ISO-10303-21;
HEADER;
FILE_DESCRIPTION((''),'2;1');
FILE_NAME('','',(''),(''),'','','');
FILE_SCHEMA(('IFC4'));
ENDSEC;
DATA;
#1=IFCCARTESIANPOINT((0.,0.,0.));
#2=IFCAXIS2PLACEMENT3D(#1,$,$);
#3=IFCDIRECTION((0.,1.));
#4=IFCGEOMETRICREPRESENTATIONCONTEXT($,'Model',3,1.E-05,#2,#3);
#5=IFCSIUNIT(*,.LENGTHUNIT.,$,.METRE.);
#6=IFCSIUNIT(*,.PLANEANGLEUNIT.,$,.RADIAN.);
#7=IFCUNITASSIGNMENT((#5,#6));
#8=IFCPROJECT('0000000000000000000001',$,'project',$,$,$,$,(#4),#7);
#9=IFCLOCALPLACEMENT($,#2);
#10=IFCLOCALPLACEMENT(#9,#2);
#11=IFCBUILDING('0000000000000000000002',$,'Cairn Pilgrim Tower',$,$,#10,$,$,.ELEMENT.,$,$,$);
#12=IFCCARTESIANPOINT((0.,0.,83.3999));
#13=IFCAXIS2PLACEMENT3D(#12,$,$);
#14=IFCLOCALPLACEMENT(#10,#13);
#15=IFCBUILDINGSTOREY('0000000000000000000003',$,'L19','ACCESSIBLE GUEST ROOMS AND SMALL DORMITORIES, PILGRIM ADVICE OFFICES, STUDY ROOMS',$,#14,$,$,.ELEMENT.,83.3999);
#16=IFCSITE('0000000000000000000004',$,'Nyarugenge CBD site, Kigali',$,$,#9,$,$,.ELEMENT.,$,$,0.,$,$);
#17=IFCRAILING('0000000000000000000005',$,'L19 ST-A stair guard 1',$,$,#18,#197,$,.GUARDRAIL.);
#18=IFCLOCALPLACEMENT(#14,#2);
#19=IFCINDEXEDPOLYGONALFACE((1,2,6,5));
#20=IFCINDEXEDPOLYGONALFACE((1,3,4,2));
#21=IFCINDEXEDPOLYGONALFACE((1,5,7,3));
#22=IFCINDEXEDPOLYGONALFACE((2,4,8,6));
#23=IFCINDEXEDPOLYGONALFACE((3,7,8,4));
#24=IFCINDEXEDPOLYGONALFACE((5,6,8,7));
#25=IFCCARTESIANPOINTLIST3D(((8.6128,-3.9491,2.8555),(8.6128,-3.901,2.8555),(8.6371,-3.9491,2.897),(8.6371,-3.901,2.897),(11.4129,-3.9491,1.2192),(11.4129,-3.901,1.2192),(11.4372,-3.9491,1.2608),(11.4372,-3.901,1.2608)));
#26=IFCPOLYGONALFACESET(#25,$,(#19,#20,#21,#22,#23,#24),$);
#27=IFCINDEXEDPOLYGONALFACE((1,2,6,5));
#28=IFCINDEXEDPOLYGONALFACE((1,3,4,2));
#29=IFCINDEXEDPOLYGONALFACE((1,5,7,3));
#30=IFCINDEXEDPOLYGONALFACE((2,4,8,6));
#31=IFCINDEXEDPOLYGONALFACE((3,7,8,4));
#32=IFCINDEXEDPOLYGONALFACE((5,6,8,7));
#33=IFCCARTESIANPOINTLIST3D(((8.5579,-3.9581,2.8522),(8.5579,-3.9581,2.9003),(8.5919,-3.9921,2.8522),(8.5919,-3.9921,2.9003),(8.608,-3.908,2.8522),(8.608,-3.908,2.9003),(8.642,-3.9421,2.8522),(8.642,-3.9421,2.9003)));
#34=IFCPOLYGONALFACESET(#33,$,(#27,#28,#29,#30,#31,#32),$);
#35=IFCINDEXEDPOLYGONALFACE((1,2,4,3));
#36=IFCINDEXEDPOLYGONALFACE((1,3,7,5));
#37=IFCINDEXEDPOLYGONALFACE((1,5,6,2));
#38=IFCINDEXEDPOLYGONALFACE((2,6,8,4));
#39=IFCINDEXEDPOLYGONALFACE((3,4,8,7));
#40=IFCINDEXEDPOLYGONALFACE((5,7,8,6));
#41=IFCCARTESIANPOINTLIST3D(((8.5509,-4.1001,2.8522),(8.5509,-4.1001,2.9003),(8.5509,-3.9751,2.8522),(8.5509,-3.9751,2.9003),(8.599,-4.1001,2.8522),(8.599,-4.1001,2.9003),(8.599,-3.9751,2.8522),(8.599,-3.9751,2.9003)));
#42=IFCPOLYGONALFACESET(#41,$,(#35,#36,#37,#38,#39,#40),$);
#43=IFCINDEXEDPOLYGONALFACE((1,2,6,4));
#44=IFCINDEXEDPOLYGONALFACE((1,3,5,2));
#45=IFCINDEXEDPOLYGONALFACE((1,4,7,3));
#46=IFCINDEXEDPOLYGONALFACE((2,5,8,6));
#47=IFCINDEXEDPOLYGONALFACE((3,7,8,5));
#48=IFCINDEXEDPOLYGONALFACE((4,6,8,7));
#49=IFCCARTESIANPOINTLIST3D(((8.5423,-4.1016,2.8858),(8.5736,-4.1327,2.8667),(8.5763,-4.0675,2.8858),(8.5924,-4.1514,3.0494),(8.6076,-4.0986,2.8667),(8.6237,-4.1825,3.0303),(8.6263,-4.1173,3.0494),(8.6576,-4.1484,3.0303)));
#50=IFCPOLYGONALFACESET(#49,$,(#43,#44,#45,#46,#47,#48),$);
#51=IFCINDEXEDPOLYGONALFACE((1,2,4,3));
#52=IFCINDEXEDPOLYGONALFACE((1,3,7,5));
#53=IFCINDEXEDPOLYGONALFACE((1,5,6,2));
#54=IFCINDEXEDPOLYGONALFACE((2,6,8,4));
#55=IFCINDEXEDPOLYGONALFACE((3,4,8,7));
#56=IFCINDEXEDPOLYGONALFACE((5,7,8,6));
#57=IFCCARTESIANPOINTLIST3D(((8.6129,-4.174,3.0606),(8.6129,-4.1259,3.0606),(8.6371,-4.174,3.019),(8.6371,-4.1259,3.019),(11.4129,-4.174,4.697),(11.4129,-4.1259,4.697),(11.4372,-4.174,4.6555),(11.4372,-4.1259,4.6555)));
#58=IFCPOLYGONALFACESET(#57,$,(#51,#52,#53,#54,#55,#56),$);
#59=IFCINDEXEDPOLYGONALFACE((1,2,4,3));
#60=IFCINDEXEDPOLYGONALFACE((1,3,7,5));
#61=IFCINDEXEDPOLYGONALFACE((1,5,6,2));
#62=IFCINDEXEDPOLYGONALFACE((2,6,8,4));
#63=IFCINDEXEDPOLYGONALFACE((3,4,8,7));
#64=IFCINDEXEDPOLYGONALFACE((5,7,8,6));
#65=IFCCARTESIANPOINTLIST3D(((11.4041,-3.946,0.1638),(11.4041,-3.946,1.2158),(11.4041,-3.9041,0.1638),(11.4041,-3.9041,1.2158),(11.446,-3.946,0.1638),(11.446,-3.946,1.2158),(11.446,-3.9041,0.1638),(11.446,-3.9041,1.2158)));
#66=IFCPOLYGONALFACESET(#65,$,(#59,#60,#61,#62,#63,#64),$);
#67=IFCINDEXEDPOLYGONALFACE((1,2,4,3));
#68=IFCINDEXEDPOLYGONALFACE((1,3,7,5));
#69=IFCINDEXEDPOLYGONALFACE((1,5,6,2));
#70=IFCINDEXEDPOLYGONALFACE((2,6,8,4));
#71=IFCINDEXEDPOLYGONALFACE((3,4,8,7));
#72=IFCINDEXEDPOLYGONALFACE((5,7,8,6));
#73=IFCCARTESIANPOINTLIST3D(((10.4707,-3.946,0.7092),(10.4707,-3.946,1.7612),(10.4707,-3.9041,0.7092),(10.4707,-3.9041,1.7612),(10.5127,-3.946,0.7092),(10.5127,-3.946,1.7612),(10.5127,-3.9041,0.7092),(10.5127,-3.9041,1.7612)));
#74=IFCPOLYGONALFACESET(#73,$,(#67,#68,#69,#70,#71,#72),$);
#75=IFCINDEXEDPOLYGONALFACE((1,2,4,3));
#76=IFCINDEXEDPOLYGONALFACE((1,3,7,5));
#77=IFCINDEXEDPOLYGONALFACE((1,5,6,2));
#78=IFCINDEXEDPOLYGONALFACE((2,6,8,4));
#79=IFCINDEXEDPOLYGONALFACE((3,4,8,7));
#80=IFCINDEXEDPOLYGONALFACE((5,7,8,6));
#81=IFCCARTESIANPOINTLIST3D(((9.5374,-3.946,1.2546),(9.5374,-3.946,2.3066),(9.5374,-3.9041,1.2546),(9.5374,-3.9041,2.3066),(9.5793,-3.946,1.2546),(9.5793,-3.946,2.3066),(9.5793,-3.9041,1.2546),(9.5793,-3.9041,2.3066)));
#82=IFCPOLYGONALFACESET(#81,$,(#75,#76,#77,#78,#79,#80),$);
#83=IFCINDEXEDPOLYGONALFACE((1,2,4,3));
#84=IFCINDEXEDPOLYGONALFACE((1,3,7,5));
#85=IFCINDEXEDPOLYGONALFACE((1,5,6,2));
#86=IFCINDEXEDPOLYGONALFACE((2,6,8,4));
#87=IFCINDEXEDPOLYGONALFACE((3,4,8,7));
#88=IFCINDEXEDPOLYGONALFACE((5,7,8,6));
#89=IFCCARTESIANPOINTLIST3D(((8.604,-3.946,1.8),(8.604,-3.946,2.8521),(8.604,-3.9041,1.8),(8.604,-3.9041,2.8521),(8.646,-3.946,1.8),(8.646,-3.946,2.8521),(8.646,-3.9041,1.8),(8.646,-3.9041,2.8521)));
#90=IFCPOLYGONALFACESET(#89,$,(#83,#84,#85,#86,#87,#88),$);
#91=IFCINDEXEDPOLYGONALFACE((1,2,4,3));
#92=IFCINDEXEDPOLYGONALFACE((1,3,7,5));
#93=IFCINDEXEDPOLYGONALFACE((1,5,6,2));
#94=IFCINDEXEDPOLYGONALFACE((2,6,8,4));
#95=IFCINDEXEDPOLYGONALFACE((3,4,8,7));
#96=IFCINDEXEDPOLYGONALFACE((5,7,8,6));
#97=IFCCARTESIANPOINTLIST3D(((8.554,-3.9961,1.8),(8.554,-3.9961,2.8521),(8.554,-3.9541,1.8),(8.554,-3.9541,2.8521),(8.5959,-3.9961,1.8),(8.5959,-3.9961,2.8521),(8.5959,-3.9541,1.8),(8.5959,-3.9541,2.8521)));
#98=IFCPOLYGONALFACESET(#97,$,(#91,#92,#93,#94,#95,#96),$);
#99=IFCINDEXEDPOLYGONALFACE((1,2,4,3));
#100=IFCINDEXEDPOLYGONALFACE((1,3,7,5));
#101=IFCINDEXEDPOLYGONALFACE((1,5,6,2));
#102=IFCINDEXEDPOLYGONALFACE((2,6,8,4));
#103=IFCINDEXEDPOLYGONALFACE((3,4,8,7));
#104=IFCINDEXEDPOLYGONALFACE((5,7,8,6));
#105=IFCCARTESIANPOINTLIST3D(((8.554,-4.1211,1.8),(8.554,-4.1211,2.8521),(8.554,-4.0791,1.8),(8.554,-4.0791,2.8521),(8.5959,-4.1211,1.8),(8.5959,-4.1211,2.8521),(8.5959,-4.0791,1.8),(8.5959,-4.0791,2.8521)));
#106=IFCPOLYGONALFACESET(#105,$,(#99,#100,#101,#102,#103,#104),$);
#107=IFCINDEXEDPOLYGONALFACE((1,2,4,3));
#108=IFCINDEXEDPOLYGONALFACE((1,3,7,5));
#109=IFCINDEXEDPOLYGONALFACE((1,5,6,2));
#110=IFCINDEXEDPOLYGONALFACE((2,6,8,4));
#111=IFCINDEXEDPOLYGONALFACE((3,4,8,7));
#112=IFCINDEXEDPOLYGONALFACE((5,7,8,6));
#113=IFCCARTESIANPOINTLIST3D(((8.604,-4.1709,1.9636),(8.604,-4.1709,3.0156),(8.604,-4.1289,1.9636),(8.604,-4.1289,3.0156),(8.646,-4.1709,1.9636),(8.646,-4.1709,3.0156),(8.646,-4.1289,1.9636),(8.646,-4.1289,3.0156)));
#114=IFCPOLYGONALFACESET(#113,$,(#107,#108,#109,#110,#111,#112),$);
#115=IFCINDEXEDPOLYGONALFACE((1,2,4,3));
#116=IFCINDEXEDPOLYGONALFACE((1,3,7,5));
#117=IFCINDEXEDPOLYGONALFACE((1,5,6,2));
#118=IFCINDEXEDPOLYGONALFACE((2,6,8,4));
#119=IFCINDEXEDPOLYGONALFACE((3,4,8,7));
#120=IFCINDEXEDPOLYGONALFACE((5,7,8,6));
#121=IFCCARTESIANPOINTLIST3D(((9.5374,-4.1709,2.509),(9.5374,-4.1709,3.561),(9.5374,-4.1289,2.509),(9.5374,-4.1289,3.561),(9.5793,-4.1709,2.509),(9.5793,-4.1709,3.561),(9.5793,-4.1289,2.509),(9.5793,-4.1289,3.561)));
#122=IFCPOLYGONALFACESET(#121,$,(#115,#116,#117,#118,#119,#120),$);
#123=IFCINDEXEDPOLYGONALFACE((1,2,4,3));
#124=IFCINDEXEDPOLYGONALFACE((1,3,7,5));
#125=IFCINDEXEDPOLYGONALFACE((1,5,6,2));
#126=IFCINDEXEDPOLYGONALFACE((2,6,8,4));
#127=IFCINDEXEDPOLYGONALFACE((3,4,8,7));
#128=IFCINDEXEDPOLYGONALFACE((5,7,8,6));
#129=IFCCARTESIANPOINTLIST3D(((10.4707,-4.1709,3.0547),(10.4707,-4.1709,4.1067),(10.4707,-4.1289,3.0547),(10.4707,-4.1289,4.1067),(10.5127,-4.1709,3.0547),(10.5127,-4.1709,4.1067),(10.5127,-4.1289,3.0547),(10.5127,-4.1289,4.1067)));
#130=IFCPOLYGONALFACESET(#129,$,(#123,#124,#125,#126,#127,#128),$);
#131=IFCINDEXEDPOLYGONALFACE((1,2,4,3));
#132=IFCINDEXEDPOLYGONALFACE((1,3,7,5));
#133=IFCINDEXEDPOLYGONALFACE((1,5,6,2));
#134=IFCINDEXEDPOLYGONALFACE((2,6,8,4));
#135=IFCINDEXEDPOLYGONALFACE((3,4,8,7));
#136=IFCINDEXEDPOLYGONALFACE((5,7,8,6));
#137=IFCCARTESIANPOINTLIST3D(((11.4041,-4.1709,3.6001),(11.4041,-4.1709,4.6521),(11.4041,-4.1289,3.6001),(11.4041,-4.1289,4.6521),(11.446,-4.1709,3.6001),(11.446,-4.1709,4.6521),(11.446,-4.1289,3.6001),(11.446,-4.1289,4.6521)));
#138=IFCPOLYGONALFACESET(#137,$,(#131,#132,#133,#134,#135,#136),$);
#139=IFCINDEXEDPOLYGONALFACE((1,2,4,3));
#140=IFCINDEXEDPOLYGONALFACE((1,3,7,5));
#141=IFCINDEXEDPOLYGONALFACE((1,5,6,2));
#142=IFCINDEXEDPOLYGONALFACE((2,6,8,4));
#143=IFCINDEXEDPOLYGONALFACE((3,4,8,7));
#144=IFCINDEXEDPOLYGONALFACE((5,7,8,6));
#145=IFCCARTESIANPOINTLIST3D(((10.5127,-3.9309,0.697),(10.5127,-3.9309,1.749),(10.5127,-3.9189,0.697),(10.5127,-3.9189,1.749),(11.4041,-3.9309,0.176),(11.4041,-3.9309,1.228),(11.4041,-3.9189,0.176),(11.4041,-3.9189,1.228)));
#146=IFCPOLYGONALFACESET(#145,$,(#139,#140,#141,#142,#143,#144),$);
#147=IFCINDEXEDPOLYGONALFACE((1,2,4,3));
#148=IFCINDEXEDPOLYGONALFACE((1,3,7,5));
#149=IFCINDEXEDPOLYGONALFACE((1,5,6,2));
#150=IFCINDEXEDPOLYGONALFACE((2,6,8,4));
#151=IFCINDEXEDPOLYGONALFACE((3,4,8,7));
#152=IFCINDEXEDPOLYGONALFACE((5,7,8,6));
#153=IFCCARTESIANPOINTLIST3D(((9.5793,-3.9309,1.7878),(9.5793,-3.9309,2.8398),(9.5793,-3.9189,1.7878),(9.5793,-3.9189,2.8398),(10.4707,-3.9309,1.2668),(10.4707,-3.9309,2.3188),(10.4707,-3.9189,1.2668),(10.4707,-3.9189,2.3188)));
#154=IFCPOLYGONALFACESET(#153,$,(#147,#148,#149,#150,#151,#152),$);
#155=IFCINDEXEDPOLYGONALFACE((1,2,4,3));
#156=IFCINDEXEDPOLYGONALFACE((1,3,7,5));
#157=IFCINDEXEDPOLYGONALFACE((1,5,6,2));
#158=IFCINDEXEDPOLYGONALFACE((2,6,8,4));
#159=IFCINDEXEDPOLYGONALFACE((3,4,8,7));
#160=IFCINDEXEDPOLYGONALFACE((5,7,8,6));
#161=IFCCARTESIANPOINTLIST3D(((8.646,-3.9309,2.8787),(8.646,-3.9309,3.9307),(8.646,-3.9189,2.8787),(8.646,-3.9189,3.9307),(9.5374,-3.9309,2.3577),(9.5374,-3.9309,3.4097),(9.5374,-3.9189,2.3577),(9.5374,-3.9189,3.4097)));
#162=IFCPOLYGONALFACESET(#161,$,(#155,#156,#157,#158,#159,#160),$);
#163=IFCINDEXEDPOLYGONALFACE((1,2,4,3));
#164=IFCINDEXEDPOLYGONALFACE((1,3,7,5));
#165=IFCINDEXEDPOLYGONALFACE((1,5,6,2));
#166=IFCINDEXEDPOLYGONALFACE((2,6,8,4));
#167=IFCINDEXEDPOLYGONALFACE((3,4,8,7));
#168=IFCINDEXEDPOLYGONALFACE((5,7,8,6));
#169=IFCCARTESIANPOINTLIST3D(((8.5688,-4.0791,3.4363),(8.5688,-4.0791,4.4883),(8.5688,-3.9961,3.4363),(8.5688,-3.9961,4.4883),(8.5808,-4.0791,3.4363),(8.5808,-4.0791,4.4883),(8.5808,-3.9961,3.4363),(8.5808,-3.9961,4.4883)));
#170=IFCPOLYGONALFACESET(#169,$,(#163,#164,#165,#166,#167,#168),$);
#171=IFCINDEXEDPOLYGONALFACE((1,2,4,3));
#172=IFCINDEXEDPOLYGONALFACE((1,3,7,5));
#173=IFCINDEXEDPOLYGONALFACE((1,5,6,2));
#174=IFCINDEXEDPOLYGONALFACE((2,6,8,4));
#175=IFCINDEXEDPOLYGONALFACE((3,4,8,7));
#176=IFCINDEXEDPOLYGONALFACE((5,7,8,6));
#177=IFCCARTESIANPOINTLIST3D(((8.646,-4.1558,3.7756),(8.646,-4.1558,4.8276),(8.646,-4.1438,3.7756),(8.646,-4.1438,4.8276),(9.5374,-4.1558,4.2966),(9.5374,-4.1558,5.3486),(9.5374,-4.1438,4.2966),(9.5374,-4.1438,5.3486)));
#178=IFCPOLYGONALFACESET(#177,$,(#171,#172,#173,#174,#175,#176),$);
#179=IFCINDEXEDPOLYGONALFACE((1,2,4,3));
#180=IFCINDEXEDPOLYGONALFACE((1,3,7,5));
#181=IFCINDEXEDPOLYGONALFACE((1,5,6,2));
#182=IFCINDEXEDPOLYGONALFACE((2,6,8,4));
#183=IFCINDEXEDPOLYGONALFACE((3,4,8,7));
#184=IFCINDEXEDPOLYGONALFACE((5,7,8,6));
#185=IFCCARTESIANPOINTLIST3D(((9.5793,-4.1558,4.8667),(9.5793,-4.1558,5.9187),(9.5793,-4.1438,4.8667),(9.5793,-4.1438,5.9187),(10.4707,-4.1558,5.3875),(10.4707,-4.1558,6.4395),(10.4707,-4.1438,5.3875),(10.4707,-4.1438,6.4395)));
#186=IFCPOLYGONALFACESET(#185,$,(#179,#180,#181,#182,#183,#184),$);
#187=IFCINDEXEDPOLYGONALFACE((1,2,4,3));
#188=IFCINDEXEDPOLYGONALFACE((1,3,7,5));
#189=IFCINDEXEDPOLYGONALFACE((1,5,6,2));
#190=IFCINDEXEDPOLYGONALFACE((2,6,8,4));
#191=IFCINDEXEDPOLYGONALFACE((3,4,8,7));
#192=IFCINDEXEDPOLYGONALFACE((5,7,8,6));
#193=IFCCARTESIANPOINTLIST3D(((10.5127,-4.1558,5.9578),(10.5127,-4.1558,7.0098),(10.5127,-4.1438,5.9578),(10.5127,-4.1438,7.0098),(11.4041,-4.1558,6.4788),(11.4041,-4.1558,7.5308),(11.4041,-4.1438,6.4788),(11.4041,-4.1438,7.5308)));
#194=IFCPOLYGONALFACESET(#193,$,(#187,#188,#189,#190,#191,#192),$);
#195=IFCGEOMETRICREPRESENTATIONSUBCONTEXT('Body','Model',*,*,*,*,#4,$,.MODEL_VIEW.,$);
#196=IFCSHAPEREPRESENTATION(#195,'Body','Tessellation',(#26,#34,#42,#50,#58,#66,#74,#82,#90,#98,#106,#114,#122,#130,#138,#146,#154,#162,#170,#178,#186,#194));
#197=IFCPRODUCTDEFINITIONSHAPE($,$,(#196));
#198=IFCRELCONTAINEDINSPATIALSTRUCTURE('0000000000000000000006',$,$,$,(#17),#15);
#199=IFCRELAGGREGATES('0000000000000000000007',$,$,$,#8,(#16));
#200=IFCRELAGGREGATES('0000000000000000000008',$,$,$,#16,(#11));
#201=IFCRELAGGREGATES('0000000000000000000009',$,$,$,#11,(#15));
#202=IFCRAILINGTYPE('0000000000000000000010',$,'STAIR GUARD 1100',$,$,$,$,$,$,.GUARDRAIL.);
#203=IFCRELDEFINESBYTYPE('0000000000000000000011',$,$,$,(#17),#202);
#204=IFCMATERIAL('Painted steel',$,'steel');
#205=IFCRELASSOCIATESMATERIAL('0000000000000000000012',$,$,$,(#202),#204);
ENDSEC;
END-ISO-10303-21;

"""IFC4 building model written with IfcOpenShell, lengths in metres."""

from ifc_helpers import new_model, si_unit, direction, frame, origin, origin_2d, place, context, subcontext, project, spatial, polyline, rectangle, outline, extrude, material, type_object, element, save


model = new_model("IFC4")

# Units and contexts
model_context = context("Model", 3, precision=1e-05, world=origin(), true_north=direction((0.0, 1.0)))
body_context = subcontext(model_context, "Body", "Model", "MODEL_VIEW")
ifc_project = project(units=[si_unit("LENGTHUNIT", "METRE"), si_unit("PLANEANGLEUNIT", "RADIAN")], contexts=[model_context])

# Site, building, storey
site_placement = place(None, origin())
site = spatial("IfcSite", under=ifc_project, at=site_placement, Name="Nyarugenge CBD site, Kigali", CompositionType="ELEMENT", RefElevation=0.0)
building_placement = place(site_placement, origin())
building = spatial("IfcBuilding", under=site, at=building_placement, Name="Cairn Pilgrim Tower", CompositionType="ELEMENT")
storey_placement = place(building_placement, frame((0.0, 0.0, 83.3999)))
storey = spatial("IfcBuildingStorey", under=building, at=storey_placement, Name="L19", Description="ACCESSIBLE GUEST ROOMS AND SMALL DORMITORIES, PILGRIM ADVICE OFFICES, STUDY ROOMS", CompositionType="ELEMENT", Elevation=83.3999)

# Shared definitions
ifc_material_1 = material(Name="Painted steel", Category="steel")

# Railing
railing_type_1 = type_object("IfcRailingType", Name="STAIR GUARD 1100", PredefinedType="GUARDRAIL", material=ifc_material_1)
railing_1_placement = place(storey_placement, frame((11.425, -3.925, 0.1638)))
element("IfcRailing", 1, at=railing_1_placement, inside=storey, type_object=railing_type_1, Name="L19 ST-A stair guard 1", PredefinedType="GUARDRAIL", context=body_context, shape_type="SweptSolid", body=[
    extrude(rectangle(XDim=0.0481, YDim=0.0481, at=origin_2d()), frame((0.0, 0.0, 1.0762), z_axis=(-0.863394, 0.0, 0.504531), x_axis=(0.0, -1.0, 0.0)), (0.0, 0.0, 1.0), 3.2432),
    extrude(rectangle(XDim=0.0481, YDim=0.0481, at=origin_2d()), frame((-2.8, 0.0, 2.7124), z_axis=(-0.707107, -0.707107, 0.0), x_axis=(0.707107, -0.707107, 0.0)), (0.0, 0.0, 1.0), 0.0708),
    extrude(rectangle(XDim=0.0481, YDim=0.0481, at=origin_2d()), frame((-2.8501, -0.05, 2.7124), z_axis=(0.0, -1.0, 0.0), x_axis=(1.0, 0.0, 0.0)), (0.0, 0.0, 1.0), 0.125),
    extrude(rectangle(XDim=0.0481, YDim=0.0481, at=origin_2d()), frame((-2.8501, -0.175, 2.7124), z_axis=(0.280917, -0.279546, 0.918118), x_axis=(0.705376, 0.708834, 0.0)), (0.0, 0.0, 1.0), 0.1782),
    extrude(rectangle(XDim=0.0481, YDim=0.0481, at=origin_2d()), frame((-2.8, -0.2249, 2.876), z_axis=(0.863361, 0.0, 0.504587), x_axis=(0.0, 1.0, 0.0)), (0.0, 0.0, 1.0), 3.2432),
    extrude(rectangle(XDim=0.042, YDim=0.042, at=origin_2d()), origin(), (0.0, 0.0, 1.0), 1.052),
    extrude(rectangle(XDim=0.042, YDim=0.042, at=origin_2d()), frame((-0.9333, 0.0, 0.5454)), (0.0, 0.0, 1.0), 1.052),
    extrude(rectangle(XDim=0.042, YDim=0.042, at=origin_2d()), frame((-1.8667, 0.0, 1.0908)), (0.0, 0.0, 1.0), 1.052),
    extrude(rectangle(XDim=0.042, YDim=0.042, at=origin_2d()), frame((-2.8, 0.0, 1.6362)), (0.0, 0.0, 1.0), 1.052),
    extrude(rectangle(XDim=0.042, YDim=0.042, at=origin_2d()), frame((-2.8501, -0.05, 1.6362)), (0.0, 0.0, 1.0), 1.052),
    extrude(rectangle(XDim=0.042, YDim=0.042, at=origin_2d()), frame((-2.8501, -0.175, 1.6362)), (0.0, 0.0, 1.0), 1.052),
    extrude(rectangle(XDim=0.042, YDim=0.042, at=origin_2d()), frame((-2.8, -0.2249, 1.7998)), (0.0, 0.0, 1.0), 1.052),
    extrude(rectangle(XDim=0.042, YDim=0.042, at=origin_2d()), frame((-1.8667, -0.2249, 2.3452)), (0.0, 0.0, 1.0), 1.052),
    extrude(rectangle(XDim=0.042, YDim=0.042, at=origin_2d()), frame((-0.9333, -0.2249, 2.8909)), (0.0, 0.0, 1.0), 1.052),
    extrude(rectangle(XDim=0.042, YDim=0.042, at=origin_2d()), frame((0.0, -0.2249, 3.4363)), (0.0, 0.0, 1.0), 1.052),
    extrude(outline(polyline([(0.021, 0.0122), (0.9124, 0.5332), (0.9124, 1.5852), (0.021, 1.0642), (0.021, 0.0122)])), frame((0.0, -0.0059, 0.0), z_axis=(0.0, 1.0, 0.0), x_axis=(-1.0, 0.0, 0.0)), (0.0, 0.0, 1.0), 0.012),
    extrude(outline(polyline([(0.021, 0.5576), (0.9124, 1.0786), (0.9124, 2.1306), (0.021, 1.6096), (0.021, 0.5576)])), frame((-0.9333, -0.0059, 0.5454), z_axis=(0.0, 1.0, 0.0), x_axis=(-1.0, 0.0, 0.0)), (0.0, 0.0, 1.0), 0.012),
    extrude(outline(polyline([(0.021, 1.103), (0.9124, 1.624), (0.9124, 2.676), (0.021, 2.155), (0.021, 1.103)])), frame((-1.8667, -0.0059, 1.0908), z_axis=(0.0, 1.0, 0.0), x_axis=(-1.0, 0.0, 0.0)), (0.0, 0.0, 1.0), 0.012),
    extrude(outline(polyline([(0.021, 1.6362), (0.104, 1.6362), (0.104, 2.6882), (0.021, 2.6882), (0.021, 1.6362)])), frame((-2.8442, -0.05, 1.6362), z_axis=(-1.0, 0.0, 0.0), x_axis=(0.0, -1.0, 0.0)), (0.0, 0.0, 1.0), 0.012),
    extrude(outline(polyline([(0.021, 1.812), (0.9124, 2.333), (0.9124, 3.385), (0.021, 2.864), (0.021, 1.812)])), frame((-2.8, -0.2188, 1.7998), z_axis=(0.0, -1.0, 0.0), x_axis=(1.0, 0.0, 0.0)), (0.0, 0.0, 1.0), 0.012),
    extrude(outline(polyline([(0.021, 2.3577), (0.9124, 2.8784), (0.9124, 3.9304), (0.021, 3.4097), (0.021, 2.3577)])), frame((-1.8667, -0.2188, 2.3452), z_axis=(0.0, -1.0, 0.0), x_axis=(1.0, 0.0, 0.0)), (0.0, 0.0, 1.0), 0.012),
    extrude(outline(polyline([(0.021, 2.9031), (0.9124, 3.4241), (0.9124, 4.4761), (0.021, 3.9551), (0.021, 2.9031)])), frame((-0.9333, -0.2188, 2.8909), z_axis=(0.0, -1.0, 0.0), x_axis=(1.0, 0.0, 0.0)), (0.0, 0.0, 1.0), 0.012),
])

save(model, "model.ifc")
